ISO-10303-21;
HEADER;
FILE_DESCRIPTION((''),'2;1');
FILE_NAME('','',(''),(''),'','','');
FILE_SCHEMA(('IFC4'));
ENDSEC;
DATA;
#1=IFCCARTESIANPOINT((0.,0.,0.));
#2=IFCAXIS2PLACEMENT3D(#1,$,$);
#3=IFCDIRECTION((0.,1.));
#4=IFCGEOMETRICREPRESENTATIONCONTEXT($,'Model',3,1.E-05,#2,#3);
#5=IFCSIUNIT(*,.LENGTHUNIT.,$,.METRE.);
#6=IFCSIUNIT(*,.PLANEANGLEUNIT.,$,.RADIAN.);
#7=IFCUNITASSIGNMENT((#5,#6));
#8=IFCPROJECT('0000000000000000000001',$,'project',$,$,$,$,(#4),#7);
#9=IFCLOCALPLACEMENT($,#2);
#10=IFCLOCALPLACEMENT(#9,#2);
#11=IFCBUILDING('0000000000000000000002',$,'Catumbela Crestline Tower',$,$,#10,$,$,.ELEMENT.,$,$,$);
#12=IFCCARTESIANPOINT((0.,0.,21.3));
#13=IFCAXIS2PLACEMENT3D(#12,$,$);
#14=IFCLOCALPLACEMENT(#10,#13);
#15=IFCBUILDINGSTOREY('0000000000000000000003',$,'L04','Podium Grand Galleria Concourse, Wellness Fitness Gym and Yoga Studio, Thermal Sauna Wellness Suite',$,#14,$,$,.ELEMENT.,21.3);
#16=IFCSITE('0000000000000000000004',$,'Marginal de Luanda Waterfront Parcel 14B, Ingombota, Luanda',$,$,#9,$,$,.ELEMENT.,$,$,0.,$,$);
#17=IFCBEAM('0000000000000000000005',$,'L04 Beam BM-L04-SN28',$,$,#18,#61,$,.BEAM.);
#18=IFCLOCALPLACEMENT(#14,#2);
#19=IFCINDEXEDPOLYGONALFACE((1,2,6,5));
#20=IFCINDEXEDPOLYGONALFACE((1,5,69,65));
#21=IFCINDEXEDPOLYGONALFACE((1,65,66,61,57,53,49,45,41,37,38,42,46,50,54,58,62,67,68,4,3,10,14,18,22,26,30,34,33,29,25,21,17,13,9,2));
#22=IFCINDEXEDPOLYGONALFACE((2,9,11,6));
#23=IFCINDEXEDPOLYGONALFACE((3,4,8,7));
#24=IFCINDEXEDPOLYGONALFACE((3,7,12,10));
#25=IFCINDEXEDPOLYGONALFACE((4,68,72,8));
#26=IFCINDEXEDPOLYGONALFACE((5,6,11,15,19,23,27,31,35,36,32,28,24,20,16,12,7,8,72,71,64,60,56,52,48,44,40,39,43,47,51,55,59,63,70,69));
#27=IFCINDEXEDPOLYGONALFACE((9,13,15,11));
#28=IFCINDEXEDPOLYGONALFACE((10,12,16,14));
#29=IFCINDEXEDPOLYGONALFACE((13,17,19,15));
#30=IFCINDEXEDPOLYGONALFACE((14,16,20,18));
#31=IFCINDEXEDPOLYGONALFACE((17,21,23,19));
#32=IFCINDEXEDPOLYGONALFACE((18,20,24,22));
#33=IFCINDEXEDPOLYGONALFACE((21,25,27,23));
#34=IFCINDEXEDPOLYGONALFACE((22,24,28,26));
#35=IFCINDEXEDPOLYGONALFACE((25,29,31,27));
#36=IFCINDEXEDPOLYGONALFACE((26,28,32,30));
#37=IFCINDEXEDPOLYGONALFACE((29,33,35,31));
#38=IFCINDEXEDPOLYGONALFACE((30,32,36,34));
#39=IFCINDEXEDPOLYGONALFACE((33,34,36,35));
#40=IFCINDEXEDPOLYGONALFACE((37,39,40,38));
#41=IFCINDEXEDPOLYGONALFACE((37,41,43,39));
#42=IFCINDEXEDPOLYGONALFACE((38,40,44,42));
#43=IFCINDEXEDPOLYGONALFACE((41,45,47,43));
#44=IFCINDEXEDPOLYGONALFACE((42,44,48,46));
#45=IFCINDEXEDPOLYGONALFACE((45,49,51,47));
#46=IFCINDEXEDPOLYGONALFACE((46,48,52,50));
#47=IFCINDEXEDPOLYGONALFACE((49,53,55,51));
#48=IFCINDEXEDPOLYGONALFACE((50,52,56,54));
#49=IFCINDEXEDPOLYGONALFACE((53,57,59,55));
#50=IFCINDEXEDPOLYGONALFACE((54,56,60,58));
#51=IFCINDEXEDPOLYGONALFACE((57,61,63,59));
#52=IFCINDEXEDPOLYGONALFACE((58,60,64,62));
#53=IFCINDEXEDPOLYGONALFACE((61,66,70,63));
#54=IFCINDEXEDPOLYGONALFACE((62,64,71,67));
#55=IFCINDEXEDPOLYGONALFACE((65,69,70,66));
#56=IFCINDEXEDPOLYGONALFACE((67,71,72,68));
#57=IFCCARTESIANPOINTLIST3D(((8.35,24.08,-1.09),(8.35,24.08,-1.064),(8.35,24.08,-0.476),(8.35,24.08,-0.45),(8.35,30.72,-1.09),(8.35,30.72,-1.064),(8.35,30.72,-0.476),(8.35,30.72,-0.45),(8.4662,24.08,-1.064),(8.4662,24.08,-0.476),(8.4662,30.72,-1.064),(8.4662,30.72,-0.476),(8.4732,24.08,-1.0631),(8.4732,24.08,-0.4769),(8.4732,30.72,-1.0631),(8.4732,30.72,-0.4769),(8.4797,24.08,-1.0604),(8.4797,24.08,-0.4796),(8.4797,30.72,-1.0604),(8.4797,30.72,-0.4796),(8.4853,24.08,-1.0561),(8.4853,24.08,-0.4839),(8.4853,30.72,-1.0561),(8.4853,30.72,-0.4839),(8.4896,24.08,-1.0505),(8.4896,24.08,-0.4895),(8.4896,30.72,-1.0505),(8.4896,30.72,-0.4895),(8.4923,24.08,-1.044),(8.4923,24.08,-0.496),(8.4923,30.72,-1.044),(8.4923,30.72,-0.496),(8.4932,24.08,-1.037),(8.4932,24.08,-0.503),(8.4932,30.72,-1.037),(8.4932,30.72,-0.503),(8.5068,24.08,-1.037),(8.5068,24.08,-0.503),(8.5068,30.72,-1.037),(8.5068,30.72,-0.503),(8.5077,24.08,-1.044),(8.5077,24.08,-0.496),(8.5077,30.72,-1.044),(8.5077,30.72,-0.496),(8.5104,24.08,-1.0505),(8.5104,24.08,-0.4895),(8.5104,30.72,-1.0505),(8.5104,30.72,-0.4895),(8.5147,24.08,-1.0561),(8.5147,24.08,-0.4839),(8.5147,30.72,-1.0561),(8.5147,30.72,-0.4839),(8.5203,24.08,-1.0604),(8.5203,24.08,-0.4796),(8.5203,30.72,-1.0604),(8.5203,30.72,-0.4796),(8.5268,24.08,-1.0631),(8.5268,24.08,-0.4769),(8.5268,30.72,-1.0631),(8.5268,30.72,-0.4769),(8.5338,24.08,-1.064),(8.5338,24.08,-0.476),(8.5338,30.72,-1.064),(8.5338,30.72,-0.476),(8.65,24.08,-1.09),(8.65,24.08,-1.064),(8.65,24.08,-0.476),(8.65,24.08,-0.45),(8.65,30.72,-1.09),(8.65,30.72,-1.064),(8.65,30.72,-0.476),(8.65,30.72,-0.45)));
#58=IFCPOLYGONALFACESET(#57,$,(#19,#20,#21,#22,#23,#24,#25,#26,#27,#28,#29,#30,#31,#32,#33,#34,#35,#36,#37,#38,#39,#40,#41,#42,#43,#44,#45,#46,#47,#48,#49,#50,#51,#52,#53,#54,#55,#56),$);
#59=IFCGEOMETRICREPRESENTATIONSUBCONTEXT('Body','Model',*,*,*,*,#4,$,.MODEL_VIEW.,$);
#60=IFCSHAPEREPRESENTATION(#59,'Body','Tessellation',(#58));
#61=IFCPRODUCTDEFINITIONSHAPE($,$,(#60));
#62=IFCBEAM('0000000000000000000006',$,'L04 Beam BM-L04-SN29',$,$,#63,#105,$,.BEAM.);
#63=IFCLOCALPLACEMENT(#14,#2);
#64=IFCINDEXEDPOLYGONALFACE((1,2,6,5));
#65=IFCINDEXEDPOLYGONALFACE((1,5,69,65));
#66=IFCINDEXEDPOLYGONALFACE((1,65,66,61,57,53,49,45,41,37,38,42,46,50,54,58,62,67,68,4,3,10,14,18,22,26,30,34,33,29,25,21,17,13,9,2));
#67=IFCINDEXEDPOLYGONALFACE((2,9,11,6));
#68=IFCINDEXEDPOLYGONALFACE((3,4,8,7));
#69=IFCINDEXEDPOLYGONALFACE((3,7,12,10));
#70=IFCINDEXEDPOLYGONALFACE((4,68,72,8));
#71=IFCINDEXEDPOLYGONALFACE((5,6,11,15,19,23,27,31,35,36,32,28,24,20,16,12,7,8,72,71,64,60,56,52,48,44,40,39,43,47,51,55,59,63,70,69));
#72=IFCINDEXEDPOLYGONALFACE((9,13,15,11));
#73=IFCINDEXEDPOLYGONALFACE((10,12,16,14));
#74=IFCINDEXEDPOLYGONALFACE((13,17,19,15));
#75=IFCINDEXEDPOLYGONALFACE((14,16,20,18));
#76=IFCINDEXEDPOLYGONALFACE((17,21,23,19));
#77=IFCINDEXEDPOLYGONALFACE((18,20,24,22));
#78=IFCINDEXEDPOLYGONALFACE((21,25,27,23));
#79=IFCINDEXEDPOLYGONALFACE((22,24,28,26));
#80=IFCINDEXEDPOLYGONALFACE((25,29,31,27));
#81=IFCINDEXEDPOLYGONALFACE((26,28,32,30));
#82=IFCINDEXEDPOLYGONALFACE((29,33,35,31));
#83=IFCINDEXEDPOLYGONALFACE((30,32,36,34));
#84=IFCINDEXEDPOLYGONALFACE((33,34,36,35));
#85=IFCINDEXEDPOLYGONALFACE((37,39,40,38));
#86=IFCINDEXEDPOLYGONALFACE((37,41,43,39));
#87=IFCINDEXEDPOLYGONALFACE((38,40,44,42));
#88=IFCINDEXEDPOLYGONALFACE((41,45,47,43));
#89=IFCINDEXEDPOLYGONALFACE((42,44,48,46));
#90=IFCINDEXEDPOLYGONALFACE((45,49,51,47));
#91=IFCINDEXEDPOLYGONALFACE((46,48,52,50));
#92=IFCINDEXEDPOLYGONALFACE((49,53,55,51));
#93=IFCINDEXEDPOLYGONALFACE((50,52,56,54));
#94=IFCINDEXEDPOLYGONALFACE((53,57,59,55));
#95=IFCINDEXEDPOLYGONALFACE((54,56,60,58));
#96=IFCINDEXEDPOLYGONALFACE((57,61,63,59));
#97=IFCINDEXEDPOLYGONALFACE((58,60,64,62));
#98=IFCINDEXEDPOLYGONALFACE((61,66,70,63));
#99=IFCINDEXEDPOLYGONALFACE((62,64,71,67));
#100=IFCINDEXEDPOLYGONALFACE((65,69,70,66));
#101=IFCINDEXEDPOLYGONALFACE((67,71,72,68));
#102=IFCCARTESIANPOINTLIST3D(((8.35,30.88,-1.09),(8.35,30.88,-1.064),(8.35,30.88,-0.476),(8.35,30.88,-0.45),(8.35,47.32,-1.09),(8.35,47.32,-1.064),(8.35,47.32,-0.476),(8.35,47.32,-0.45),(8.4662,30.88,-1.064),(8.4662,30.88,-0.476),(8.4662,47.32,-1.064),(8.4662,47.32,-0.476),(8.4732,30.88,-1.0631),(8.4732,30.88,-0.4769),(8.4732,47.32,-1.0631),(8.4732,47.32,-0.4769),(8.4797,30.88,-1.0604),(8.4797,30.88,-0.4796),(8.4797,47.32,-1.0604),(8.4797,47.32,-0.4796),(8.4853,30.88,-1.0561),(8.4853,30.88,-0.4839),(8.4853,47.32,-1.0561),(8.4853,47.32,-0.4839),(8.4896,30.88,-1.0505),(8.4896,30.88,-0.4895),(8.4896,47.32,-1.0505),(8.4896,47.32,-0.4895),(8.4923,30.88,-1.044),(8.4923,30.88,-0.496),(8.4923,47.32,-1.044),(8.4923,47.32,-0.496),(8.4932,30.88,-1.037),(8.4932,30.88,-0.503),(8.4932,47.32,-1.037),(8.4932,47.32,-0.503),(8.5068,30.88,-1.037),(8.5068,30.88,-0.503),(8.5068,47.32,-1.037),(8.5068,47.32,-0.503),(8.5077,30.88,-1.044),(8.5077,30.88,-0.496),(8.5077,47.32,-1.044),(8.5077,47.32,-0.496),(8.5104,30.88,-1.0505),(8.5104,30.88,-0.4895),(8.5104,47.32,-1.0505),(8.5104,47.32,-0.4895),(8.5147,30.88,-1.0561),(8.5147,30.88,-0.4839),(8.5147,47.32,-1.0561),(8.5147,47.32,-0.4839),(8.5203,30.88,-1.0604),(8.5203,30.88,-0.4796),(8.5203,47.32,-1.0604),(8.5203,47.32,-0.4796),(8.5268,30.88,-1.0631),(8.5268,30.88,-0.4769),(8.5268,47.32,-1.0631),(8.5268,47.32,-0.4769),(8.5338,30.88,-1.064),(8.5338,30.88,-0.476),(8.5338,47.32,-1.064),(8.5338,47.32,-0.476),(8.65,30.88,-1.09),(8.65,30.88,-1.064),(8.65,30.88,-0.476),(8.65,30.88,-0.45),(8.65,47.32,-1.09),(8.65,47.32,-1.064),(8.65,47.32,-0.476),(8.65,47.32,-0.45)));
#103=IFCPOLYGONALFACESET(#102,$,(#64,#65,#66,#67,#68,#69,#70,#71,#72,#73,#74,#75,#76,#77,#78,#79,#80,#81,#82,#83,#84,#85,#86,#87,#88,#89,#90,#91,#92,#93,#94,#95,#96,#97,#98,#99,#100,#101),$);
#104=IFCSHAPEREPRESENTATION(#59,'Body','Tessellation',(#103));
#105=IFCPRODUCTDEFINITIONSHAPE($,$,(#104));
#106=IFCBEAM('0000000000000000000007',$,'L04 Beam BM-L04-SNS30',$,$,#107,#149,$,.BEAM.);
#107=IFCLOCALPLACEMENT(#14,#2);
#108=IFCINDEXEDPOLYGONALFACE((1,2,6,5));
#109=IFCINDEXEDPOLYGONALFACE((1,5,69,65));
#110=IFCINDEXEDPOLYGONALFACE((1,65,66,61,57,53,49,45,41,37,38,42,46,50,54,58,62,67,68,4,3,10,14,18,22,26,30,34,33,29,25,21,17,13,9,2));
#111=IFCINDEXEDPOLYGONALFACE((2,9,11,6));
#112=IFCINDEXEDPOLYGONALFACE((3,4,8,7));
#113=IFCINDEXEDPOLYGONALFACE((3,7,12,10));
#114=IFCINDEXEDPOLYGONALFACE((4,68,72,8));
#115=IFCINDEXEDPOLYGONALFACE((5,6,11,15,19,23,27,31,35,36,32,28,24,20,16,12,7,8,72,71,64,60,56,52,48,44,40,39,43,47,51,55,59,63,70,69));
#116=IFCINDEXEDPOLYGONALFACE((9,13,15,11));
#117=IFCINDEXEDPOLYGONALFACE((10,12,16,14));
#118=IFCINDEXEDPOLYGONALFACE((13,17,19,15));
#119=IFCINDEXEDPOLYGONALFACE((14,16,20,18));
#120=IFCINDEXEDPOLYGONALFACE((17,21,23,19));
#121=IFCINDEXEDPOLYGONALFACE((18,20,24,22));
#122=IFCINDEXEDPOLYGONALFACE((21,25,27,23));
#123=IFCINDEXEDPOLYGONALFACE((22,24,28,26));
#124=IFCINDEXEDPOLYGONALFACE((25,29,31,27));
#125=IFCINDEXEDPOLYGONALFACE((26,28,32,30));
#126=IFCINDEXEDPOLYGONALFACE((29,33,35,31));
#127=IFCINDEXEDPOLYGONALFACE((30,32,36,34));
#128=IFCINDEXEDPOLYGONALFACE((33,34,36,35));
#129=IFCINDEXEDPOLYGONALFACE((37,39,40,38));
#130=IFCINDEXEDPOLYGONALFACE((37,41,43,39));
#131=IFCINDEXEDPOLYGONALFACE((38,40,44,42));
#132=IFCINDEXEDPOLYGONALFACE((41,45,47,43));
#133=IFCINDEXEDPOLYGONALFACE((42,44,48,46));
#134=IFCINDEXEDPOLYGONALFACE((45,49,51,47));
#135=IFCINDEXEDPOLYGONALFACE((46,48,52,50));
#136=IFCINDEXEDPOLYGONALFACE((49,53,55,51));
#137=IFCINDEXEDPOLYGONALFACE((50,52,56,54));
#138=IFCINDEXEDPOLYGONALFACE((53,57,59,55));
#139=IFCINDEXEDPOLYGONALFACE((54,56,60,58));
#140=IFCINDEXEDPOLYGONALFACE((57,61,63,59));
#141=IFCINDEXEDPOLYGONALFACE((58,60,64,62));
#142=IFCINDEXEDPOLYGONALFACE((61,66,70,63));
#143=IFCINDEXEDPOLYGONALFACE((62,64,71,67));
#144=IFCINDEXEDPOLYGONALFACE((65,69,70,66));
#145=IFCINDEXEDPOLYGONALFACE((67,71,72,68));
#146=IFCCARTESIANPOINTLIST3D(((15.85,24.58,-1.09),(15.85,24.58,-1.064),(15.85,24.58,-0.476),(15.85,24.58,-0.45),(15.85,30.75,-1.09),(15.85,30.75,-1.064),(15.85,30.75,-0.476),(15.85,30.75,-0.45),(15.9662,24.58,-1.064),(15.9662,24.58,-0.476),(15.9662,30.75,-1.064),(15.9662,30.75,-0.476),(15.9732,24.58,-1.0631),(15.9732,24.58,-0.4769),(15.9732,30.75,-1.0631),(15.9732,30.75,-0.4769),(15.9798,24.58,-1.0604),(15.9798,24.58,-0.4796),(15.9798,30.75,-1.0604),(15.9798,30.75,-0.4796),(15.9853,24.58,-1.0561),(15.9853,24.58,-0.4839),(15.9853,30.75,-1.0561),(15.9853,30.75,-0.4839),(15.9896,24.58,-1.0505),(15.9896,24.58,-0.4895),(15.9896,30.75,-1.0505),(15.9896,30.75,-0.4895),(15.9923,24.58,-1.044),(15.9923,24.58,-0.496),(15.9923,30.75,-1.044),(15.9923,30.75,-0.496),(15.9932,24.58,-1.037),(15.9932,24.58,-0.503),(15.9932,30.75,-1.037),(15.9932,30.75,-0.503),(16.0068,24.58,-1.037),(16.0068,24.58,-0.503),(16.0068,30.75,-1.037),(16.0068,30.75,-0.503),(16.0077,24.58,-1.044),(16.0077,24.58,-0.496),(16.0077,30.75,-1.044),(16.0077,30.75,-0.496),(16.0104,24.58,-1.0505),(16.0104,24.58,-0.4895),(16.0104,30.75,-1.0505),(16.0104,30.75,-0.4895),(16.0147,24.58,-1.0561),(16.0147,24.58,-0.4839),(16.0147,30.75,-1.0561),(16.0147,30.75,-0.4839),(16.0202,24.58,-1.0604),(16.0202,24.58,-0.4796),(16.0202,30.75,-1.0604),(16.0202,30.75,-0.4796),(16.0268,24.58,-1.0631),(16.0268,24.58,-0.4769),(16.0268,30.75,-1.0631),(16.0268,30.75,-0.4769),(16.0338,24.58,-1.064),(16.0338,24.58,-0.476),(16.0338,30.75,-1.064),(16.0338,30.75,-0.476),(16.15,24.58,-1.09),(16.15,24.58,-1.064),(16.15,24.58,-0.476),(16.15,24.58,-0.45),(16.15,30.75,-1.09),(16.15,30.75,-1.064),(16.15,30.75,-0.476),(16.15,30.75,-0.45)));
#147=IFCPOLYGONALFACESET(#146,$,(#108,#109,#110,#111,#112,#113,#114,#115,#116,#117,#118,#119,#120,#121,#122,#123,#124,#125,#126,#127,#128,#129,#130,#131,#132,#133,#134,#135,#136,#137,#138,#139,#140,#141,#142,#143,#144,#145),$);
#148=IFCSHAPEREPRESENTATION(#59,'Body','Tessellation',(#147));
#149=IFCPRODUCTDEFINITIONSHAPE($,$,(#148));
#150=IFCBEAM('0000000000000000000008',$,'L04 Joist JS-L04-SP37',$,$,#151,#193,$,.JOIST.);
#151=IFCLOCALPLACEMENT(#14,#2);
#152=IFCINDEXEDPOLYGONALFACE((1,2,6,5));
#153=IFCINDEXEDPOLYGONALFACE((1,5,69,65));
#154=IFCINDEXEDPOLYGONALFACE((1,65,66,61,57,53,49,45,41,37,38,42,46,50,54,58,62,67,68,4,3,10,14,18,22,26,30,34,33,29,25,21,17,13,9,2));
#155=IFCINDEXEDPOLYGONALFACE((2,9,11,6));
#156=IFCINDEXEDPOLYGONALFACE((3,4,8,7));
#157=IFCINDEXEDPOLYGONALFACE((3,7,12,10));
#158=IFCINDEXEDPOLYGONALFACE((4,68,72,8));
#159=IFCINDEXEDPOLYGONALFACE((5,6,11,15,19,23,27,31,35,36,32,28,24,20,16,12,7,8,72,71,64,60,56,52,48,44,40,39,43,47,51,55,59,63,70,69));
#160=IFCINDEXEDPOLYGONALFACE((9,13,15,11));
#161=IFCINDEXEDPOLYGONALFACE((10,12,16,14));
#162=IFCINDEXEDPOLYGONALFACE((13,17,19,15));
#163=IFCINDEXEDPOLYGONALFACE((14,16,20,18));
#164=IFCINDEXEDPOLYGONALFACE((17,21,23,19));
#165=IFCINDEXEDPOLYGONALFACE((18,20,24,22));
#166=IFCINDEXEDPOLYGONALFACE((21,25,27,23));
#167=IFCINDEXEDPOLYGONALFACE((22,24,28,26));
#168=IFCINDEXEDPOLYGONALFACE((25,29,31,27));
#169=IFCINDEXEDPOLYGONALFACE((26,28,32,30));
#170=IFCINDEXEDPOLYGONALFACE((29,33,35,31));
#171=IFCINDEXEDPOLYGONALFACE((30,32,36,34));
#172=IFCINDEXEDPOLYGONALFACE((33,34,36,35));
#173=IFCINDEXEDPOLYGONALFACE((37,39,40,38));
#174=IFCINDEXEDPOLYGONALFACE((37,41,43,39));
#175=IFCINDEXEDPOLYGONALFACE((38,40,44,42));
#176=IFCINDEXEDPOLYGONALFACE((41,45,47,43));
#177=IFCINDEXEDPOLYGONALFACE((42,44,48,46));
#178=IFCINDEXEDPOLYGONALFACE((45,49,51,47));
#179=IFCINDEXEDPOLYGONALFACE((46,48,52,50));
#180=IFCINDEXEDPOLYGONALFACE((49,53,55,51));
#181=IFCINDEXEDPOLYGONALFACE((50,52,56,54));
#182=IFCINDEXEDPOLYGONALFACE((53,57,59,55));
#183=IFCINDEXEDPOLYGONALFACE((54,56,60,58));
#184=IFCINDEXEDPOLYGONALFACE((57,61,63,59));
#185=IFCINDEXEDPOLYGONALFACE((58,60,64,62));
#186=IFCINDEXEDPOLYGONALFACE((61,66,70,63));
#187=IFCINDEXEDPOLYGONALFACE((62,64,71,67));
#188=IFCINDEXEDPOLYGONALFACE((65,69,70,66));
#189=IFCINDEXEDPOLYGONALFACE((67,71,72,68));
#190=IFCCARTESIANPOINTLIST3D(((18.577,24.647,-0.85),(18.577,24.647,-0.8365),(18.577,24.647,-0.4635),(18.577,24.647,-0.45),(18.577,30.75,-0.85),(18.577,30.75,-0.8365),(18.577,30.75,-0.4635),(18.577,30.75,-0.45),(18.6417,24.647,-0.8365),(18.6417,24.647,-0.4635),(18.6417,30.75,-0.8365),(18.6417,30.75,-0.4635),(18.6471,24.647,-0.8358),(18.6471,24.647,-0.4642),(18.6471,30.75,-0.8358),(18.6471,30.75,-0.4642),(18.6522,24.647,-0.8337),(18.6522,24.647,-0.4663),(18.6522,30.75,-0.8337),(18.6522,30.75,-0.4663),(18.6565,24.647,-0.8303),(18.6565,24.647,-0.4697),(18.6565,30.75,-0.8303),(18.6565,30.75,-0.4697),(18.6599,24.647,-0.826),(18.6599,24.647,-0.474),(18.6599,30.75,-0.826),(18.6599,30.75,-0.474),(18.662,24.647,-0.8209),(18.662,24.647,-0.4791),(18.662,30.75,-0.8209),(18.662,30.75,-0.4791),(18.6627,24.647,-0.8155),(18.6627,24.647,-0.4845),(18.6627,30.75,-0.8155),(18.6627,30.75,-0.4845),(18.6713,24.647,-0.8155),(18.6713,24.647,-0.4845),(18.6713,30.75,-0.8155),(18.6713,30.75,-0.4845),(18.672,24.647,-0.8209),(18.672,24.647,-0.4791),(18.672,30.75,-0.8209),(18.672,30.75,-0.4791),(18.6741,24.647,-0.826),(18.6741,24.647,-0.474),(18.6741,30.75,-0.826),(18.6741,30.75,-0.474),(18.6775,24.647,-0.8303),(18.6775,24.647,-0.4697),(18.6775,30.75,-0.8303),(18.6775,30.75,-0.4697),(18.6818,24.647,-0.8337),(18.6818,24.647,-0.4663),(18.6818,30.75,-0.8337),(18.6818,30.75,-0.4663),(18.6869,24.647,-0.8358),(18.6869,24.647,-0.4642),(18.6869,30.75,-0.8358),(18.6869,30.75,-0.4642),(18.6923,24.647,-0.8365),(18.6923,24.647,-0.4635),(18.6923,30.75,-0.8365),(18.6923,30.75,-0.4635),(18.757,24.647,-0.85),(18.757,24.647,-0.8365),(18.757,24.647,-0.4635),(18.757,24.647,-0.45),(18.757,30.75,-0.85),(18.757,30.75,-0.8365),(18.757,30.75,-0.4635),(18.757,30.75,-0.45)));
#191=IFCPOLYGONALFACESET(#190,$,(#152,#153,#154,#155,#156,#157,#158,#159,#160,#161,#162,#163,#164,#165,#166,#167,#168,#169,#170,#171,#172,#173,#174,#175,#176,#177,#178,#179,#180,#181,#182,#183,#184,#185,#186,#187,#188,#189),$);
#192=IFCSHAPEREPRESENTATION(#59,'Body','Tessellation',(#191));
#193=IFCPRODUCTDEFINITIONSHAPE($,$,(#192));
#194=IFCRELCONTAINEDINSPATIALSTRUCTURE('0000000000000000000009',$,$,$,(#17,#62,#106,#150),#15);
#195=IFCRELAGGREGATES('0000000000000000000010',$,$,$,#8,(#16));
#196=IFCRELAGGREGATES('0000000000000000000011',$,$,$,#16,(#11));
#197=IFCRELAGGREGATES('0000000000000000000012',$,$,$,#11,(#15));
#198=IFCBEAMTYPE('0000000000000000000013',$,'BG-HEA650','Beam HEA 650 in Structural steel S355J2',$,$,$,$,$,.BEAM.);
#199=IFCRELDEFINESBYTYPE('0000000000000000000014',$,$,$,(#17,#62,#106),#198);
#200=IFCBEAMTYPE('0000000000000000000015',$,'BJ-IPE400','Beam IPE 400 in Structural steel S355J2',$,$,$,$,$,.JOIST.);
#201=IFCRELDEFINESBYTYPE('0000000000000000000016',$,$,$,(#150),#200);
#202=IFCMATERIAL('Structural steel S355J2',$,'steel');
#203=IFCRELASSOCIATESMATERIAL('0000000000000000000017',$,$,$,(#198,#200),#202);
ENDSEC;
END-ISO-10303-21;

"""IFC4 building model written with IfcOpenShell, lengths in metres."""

from ifc_helpers import new_model, si_unit, direction, frame, origin, origin_2d, place, context, subcontext, project, spatial, i_section, extrude, material, material_profile, profile_set, type_object, element, save


model = new_model("IFC4")

# Units and contexts
model_context = context("Model", 3, precision=1e-05, world=origin(), true_north=direction((0.0, 1.0)))
body_context = subcontext(model_context, "Body", "Model", "MODEL_VIEW")
ifc_project = project(units=[si_unit("LENGTHUNIT", "METRE"), si_unit("PLANEANGLEUNIT", "RADIAN")], contexts=[model_context])

# Site, building, storey
site_placement = place(None, origin())
site = spatial("IfcSite", under=ifc_project, at=site_placement, Name="Marginal de Luanda Waterfront Parcel 14B, Ingombota, Luanda", CompositionType="ELEMENT", RefElevation=0.0)
building_placement = place(site_placement, origin())
building = spatial("IfcBuilding", under=site, at=building_placement, Name="Catumbela Crestline Tower", CompositionType="ELEMENT")
storey_placement = place(building_placement, frame((0.0, 0.0, 21.3)))
storey = spatial("IfcBuildingStorey", under=building, at=storey_placement, Name="L04", Description="Podium Grand Galleria Concourse, Wellness Fitness Gym and Yoga Studio, Thermal Sauna Wellness Suite", CompositionType="ELEMENT", Elevation=21.3)

# Beams
ifc_material_1 = material(Name="Structural steel S355J2", Category="steel")
ifc_material_profile_1 = material_profile(ifc_material_1, i_section(OverallWidth=0.3, OverallDepth=0.64, WebThickness=0.0135, FlangeThickness=0.026, FilletRadius=0.027, at=origin_2d()), Name="HEA 650")
ifc_profile_set_1 = profile_set([ifc_material_profile_1], Name="Structural steel S355J2")
beam_type_1 = type_object("IfcBeamType", Name="BG-HEA650", Description="Beam HEA 650 in Structural steel S355J2", PredefinedType="BEAM", material=ifc_profile_set_1)
beam_1_placement = place(storey_placement, frame((8.5, 24.08, -0.77), z_axis=(0.0, 1.0, 0.0), x_axis=(-1.0, 0.0, 0.0)))
element("IfcBeam", 1, at=beam_1_placement, inside=storey, type_object=beam_type_1, Name="L04 Beam BM-L04-SN28", PredefinedType="BEAM", context=body_context, shape_type="SweptSolid", body=[
    extrude(i_section(OverallWidth=0.3, OverallDepth=0.64, WebThickness=0.0135, FlangeThickness=0.026, FilletRadius=0.027, at=origin_2d()), origin(), (0.0, 0.0, 1.0), 6.64),
])
beam_2_placement = place(storey_placement, frame((8.5, 30.88, -0.77), z_axis=(0.0, 1.0, 0.0), x_axis=(-1.0, 0.0, 0.0)))
element("IfcBeam", 2, at=beam_2_placement, inside=storey, type_object=beam_type_1, Name="L04 Beam BM-L04-SN29", PredefinedType="BEAM", context=body_context, shape_type="SweptSolid", body=[
    extrude(i_section(OverallWidth=0.3, OverallDepth=0.64, WebThickness=0.0135, FlangeThickness=0.026, FilletRadius=0.027, at=origin_2d()), origin(), (0.0, 0.0, 1.0), 16.44),
])
beam_3_placement = place(storey_placement, frame((16.0, 24.58, -0.77), z_axis=(0.0, 1.0, 0.0), x_axis=(-1.0, 0.0, 0.0)))
element("IfcBeam", 3, at=beam_3_placement, inside=storey, type_object=beam_type_1, Name="L04 Beam BM-L04-SNS30", PredefinedType="BEAM", context=body_context, shape_type="SweptSolid", body=[
    extrude(i_section(OverallWidth=0.3, OverallDepth=0.64, WebThickness=0.0135, FlangeThickness=0.026, FilletRadius=0.027, at=origin_2d()), origin(), (0.0, 0.0, 1.0), 6.17),
])
ifc_material_profile_2 = material_profile(ifc_material_1, i_section(OverallWidth=0.18, OverallDepth=0.4, WebThickness=0.0086, FlangeThickness=0.0135, FilletRadius=0.021, at=origin_2d()), Name="IPE 400")
ifc_profile_set_2 = profile_set([ifc_material_profile_2], Name="Structural steel S355J2")
beam_type_2 = type_object("IfcBeamType", Name="BJ-IPE400", Description="Beam IPE 400 in Structural steel S355J2", PredefinedType="JOIST", material=ifc_profile_set_2)
for number, where, z_axis, x_axis, name in (
    (4, (18.667, 24.647, -0.65), (0.0, 1.0, 0.0), (-1.0, 0.0, 0.0), "L04 Joist JS-L04-SP37"),
):
    element("IfcBeam", number, at=place(storey_placement, frame(where, z_axis=z_axis, x_axis=x_axis)), inside=storey, type_object=beam_type_2, Name=name, PredefinedType="JOIST", context=body_context, shape_type="SweptSolid", body=[
        extrude(i_section(OverallWidth=0.18, OverallDepth=0.4, WebThickness=0.0086, FlangeThickness=0.0135, FilletRadius=0.021, at=origin_2d()), origin(), (0.0, 0.0, 1.0), 6.103),
    ])

save(model, "model.ifc")
